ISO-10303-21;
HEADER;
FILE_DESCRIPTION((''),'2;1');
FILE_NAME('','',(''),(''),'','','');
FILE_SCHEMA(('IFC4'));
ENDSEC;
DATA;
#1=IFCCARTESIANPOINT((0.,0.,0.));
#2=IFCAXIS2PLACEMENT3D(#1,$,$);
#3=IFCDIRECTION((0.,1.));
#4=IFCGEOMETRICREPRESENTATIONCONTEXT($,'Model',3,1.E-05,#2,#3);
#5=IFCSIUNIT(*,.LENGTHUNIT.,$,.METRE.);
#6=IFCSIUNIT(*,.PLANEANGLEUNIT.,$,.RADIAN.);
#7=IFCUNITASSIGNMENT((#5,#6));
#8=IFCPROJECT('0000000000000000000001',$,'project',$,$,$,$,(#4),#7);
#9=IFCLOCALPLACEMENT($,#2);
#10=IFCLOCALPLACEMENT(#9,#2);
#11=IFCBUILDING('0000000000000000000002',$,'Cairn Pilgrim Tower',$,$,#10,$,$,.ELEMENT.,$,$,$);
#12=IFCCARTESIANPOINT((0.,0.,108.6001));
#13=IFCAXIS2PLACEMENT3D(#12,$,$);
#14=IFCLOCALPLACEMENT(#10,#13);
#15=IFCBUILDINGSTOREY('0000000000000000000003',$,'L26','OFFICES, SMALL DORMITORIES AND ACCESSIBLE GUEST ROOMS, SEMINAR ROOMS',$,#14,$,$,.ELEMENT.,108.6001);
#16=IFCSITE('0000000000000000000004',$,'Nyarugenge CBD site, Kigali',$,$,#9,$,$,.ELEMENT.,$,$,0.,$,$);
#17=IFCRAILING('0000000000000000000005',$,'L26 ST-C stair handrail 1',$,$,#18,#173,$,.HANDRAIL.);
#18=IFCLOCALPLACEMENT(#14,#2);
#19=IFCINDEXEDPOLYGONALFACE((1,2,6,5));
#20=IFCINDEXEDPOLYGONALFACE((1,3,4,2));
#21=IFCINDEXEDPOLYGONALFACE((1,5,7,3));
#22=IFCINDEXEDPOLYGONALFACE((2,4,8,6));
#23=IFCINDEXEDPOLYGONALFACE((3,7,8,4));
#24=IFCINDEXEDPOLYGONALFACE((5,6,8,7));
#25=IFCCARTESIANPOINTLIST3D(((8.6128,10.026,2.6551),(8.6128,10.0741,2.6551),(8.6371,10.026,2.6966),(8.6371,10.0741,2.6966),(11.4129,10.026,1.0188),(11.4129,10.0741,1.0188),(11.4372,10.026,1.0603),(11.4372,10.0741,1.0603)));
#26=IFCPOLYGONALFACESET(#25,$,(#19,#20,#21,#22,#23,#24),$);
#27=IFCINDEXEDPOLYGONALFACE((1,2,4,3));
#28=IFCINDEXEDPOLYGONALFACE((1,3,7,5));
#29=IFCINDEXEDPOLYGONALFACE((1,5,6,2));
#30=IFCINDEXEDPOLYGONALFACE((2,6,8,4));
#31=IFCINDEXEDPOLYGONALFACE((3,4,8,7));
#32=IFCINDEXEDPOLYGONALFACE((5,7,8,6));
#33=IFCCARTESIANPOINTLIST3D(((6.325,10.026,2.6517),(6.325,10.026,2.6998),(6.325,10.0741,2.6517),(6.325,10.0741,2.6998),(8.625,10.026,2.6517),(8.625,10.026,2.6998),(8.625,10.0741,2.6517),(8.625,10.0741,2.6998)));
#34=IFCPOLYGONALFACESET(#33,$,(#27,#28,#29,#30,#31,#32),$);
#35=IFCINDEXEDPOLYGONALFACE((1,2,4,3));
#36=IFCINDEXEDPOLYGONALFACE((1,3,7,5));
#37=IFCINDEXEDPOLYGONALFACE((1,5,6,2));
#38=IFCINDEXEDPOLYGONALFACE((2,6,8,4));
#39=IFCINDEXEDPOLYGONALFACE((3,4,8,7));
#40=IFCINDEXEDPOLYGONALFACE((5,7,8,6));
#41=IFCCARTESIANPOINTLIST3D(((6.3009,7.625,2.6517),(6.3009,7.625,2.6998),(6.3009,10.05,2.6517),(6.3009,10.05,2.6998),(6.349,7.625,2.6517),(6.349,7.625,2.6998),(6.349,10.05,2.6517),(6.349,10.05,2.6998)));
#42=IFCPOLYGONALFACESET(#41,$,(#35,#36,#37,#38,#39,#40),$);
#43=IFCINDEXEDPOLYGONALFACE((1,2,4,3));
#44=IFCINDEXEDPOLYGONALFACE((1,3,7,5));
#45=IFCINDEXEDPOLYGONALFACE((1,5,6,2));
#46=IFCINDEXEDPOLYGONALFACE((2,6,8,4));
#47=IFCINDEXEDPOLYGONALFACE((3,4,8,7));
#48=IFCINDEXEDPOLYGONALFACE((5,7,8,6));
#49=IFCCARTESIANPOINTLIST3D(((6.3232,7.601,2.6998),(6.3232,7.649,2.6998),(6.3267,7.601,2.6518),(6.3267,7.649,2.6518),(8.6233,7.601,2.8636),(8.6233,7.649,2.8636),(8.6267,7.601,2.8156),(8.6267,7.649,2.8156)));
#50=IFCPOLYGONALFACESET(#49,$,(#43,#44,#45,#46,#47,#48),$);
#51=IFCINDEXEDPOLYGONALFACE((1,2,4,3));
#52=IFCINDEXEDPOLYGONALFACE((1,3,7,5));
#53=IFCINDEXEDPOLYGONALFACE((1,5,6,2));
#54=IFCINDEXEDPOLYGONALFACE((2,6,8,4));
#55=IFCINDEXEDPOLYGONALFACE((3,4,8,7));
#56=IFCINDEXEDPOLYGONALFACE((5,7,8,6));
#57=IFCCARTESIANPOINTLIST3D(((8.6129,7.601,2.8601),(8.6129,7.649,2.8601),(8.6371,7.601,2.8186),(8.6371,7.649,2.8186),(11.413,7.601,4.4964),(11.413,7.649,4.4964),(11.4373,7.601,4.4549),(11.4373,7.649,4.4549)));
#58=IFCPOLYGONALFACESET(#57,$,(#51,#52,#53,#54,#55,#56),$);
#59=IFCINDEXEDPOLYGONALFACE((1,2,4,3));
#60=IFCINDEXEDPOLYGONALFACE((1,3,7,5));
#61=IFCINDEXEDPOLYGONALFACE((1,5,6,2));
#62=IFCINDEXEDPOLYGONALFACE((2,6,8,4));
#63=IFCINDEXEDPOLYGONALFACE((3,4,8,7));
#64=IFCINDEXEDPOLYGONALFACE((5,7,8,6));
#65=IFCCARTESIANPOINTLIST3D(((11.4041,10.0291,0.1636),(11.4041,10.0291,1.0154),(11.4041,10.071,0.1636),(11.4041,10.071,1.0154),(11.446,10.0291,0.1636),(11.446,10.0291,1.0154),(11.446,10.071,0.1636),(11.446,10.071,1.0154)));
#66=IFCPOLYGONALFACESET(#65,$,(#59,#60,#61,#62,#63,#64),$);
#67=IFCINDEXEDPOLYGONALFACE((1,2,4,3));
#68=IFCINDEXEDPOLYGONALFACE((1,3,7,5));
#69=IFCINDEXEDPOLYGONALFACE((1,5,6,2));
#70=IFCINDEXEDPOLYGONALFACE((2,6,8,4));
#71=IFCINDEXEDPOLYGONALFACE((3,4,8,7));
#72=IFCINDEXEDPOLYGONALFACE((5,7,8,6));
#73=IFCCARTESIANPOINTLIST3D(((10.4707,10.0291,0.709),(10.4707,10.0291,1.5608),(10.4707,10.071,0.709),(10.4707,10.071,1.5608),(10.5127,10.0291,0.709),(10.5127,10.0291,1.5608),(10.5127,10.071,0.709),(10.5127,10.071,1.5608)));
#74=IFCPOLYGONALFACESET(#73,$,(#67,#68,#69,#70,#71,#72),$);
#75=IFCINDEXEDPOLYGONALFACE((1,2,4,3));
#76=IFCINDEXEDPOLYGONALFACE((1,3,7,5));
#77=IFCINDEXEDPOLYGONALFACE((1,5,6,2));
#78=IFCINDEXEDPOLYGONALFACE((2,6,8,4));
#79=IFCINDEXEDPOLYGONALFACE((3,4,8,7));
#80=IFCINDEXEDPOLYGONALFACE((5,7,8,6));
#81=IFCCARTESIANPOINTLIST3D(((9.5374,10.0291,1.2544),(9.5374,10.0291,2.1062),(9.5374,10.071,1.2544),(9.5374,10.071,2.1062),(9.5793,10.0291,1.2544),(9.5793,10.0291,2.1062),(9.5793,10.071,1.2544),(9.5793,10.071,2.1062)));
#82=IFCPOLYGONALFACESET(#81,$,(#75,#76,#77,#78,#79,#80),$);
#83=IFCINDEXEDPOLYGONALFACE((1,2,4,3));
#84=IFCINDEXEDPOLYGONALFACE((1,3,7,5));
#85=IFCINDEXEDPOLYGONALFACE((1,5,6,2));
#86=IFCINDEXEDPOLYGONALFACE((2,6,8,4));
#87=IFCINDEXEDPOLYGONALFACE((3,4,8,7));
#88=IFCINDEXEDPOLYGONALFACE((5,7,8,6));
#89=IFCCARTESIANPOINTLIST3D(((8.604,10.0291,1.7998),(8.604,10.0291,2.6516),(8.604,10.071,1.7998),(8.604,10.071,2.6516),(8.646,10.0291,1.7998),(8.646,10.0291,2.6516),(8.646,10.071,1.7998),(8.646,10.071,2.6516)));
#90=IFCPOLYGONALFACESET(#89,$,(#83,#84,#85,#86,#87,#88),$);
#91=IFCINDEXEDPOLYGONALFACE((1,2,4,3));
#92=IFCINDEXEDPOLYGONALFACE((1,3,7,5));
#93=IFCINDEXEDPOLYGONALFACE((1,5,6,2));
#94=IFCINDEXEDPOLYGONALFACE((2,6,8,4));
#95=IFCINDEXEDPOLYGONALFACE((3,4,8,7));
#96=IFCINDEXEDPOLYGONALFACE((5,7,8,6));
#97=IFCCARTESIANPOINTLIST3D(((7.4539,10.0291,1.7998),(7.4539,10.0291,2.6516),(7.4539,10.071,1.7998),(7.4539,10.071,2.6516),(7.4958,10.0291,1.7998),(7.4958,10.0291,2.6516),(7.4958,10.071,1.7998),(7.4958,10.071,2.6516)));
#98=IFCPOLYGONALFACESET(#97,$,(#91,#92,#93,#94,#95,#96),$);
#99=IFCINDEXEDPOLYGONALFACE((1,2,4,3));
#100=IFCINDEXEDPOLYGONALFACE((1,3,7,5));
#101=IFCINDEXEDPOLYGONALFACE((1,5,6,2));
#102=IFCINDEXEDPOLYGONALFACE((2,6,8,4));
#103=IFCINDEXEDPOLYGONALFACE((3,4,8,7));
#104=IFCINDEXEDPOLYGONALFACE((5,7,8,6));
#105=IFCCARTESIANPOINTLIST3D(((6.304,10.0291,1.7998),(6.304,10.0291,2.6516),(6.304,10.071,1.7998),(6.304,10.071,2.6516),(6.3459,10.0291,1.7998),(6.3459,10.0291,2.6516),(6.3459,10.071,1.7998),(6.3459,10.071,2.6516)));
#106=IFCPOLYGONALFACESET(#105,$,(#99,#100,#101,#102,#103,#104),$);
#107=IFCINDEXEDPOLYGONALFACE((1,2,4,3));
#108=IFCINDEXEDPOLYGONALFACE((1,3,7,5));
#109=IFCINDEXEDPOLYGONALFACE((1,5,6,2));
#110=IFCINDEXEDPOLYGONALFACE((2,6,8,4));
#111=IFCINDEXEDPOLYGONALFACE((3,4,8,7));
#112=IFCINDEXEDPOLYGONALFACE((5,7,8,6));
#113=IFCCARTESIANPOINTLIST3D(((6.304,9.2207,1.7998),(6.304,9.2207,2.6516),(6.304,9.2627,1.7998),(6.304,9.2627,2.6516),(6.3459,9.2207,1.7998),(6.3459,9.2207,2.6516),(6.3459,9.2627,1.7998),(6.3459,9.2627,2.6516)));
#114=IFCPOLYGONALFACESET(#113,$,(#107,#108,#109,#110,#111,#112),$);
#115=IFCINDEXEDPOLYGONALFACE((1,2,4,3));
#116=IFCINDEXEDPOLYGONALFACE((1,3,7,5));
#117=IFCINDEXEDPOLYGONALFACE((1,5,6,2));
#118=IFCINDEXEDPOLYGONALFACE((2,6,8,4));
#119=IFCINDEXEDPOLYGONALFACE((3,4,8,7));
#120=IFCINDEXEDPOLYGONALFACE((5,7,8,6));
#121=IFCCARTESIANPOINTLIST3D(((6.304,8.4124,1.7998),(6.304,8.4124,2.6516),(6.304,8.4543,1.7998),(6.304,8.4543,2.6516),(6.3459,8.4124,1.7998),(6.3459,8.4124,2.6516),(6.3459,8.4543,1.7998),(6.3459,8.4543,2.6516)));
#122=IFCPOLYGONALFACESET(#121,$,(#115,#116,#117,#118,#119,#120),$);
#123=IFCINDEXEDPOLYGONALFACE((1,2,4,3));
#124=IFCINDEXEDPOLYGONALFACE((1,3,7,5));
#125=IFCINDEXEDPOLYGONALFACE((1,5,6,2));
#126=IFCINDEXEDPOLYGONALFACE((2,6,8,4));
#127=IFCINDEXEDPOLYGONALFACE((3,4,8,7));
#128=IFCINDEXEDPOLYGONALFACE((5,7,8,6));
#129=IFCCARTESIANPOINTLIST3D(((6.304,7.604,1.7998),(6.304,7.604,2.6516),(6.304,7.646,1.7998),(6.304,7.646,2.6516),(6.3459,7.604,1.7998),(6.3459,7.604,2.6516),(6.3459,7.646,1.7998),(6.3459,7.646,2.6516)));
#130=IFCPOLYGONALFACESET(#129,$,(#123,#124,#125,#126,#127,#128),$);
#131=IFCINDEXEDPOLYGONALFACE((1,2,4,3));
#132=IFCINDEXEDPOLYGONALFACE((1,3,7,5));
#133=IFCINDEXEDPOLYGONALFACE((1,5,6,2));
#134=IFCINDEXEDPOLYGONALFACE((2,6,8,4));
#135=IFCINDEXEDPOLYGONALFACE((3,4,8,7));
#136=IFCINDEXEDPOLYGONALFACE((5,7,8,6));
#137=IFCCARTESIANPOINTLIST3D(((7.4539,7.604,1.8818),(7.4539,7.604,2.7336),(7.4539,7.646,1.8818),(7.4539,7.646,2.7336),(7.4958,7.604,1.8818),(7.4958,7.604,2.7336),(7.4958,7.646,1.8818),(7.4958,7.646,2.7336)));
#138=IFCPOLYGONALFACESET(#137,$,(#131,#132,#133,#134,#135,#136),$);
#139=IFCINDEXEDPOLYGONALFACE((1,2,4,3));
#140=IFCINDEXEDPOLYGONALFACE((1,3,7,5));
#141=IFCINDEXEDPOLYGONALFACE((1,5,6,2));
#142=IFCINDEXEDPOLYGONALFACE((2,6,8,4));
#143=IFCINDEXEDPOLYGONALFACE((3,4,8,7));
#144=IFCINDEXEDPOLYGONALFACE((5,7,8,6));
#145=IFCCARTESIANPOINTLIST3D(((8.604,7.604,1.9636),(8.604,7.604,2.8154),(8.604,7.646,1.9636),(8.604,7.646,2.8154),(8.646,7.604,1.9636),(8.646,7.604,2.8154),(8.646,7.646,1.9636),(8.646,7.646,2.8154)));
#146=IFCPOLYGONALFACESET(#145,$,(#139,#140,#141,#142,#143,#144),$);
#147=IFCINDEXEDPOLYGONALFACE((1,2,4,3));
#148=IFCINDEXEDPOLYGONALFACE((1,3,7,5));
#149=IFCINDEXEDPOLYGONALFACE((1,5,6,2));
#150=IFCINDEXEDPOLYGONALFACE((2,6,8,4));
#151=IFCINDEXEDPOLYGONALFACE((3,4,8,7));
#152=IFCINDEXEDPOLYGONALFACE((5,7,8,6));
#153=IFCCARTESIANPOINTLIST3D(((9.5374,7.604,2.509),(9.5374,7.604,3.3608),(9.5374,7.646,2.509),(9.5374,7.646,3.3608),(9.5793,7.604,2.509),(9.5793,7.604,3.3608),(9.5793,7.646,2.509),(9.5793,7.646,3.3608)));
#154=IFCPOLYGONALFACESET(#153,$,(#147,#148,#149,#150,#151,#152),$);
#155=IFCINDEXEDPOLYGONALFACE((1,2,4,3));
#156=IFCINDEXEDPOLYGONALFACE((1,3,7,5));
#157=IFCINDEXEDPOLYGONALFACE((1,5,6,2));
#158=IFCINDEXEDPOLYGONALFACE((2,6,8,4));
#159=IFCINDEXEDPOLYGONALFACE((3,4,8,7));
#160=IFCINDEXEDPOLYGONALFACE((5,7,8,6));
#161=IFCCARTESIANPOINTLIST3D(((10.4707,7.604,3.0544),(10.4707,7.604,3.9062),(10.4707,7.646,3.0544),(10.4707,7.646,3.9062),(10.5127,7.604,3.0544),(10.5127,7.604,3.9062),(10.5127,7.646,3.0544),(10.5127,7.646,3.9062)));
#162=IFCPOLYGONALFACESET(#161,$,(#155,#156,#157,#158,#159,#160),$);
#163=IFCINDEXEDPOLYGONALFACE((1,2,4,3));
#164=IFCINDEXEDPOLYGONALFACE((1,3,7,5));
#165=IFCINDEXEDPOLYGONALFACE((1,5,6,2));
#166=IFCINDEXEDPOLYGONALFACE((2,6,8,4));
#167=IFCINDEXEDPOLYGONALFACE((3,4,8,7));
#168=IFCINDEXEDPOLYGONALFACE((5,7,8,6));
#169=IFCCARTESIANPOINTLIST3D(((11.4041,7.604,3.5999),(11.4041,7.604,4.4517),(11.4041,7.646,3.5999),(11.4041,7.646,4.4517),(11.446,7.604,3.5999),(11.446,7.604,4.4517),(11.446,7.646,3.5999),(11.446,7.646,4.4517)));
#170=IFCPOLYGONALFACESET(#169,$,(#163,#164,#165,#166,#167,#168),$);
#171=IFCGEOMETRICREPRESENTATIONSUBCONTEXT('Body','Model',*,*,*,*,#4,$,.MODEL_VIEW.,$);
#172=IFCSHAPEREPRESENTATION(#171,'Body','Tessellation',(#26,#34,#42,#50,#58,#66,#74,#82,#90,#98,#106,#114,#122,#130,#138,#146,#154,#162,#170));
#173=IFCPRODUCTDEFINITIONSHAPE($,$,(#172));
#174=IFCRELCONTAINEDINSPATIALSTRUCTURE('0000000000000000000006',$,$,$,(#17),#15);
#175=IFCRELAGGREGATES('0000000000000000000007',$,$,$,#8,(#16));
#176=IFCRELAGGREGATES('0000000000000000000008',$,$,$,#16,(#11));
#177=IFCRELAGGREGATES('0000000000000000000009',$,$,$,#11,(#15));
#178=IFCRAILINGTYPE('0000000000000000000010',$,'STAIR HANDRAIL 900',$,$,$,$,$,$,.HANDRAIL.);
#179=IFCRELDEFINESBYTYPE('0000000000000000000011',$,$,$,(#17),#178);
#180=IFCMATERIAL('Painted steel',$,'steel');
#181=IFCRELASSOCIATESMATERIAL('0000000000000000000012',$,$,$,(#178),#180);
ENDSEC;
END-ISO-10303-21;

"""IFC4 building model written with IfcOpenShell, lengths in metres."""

from ifc_helpers import new_model, si_unit, direction, frame, origin, origin_2d, place, context, subcontext, project, spatial, rectangle, extrude, material, type_object, element, save


model = new_model("IFC4")

# Units and contexts
model_context = context("Model", 3, precision=1e-05, world=origin(), true_north=direction((0.0, 1.0)))
body_context = subcontext(model_context, "Body", "Model", "MODEL_VIEW")
ifc_project = project(units=[si_unit("LENGTHUNIT", "METRE"), si_unit("PLANEANGLEUNIT", "RADIAN")], contexts=[model_context])

# Site, building, storey
site_placement = place(None, origin())
site = spatial("IfcSite", under=ifc_project, at=site_placement, Name="Nyarugenge CBD site, Kigali", CompositionType="ELEMENT", RefElevation=0.0)
building_placement = place(site_placement, origin())
building = spatial("IfcBuilding", under=site, at=building_placement, Name="Cairn Pilgrim Tower", CompositionType="ELEMENT")
storey_placement = place(building_placement, frame((0.0, 0.0, 108.6001)))
storey = spatial("IfcBuildingStorey", under=building, at=storey_placement, Name="L26", Description="OFFICES, SMALL DORMITORIES AND ACCESSIBLE GUEST ROOMS, SEMINAR ROOMS", CompositionType="ELEMENT", Elevation=108.6001)

# Shared definitions
ifc_material_1 = material(Name="Painted steel", Category="steel")

# Railing
railing_type_1 = type_object("IfcRailingType", Name="STAIR HANDRAIL 900", PredefinedType="HANDRAIL", material=ifc_material_1)
railing_1_placement = place(storey_placement, frame((11.425, 10.05, 0.1636)))
element("IfcRailing", 1, at=railing_1_placement, inside=storey, type_object=railing_type_1, Name="L26 ST-C stair handrail 1", PredefinedType="HANDRAIL", context=body_context, shape_type="SweptSolid", body=[
    extrude(rectangle(XDim=0.0481, YDim=0.0481, at=origin_2d()), frame((0.0, 0.0, 0.876), z_axis=(-0.863394, 0.0, 0.504531), x_axis=(0.0, -1.0, 0.0)), (0.0, 0.0, 1.0), 3.2432),
    extrude(rectangle(XDim=0.0481, YDim=0.0481, at=origin_2d()), frame((-2.8, 0.0, 2.5122), z_axis=(-1.0, 0.0, 0.0), x_axis=(0.0, -1.0, 0.0)), (0.0, 0.0, 1.0), 2.3),
    extrude(rectangle(XDim=0.0481, YDim=0.0481, at=origin_2d()), frame((-5.1001, 0.0, 2.5122), z_axis=(0.0, -1.0, 0.0), x_axis=(1.0, 0.0, 0.0)), (0.0, 0.0, 1.0), 2.425),
    extrude(rectangle(XDim=0.0481, YDim=0.0481, at=origin_2d()), frame((-5.1001, -2.425, 2.5122), z_axis=(0.997473, 0.0, 0.071044), x_axis=(0.0, 1.0, 0.0)), (0.0, 0.0, 1.0), 2.3059),
    extrude(rectangle(XDim=0.0481, YDim=0.0481, at=origin_2d()), frame((-2.8, -2.425, 2.6758), z_axis=(0.863394, 0.0, 0.504531), x_axis=(0.0, 1.0, 0.0)), (0.0, 0.0, 1.0), 3.2432),
    extrude(rectangle(XDim=0.042, YDim=0.042, at=origin_2d()), origin(), (0.0, 0.0, 1.0), 0.8518),
    extrude(rectangle(XDim=0.042, YDim=0.042, at=origin_2d()), frame((-0.9333, 0.0, 0.5454)), (0.0, 0.0, 1.0), 0.8518),
    extrude(rectangle(XDim=0.042, YDim=0.042, at=origin_2d()), frame((-1.8667, 0.0, 1.0908)), (0.0, 0.0, 1.0), 0.8518),
    extrude(rectangle(XDim=0.042, YDim=0.042, at=origin_2d()), frame((-2.8, 0.0, 1.6362)), (0.0, 0.0, 1.0), 0.8518),
    extrude(rectangle(XDim=0.042, YDim=0.042, at=origin_2d()), frame((-3.9502, 0.0, 1.6362)), (0.0, 0.0, 1.0), 0.8518),
    extrude(rectangle(XDim=0.042, YDim=0.042, at=origin_2d()), frame((-5.1001, 0.0, 1.6362)), (0.0, 0.0, 1.0), 0.8518),
    extrude(rectangle(XDim=0.042, YDim=0.042, at=origin_2d()), frame((-5.1001, -0.8083, 1.6362)), (0.0, 0.0, 1.0), 0.8518),
    extrude(rectangle(XDim=0.042, YDim=0.042, at=origin_2d()), frame((-5.1001, -1.6167, 1.6362)), (0.0, 0.0, 1.0), 0.8518),
    extrude(rectangle(XDim=0.042, YDim=0.042, at=origin_2d()), frame((-5.1001, -2.425, 1.6362)), (0.0, 0.0, 1.0), 0.8518),
    extrude(rectangle(XDim=0.042, YDim=0.042, at=origin_2d()), frame((-3.9502, -2.425, 1.7183)), (0.0, 0.0, 1.0), 0.8518),
    extrude(rectangle(XDim=0.042, YDim=0.042, at=origin_2d()), frame((-2.8, -2.425, 1.8)), (0.0, 0.0, 1.0), 0.8518),
    extrude(rectangle(XDim=0.042, YDim=0.042, at=origin_2d()), frame((-1.8667, -2.425, 2.3455)), (0.0, 0.0, 1.0), 0.8518),
    extrude(rectangle(XDim=0.042, YDim=0.042, at=origin_2d()), frame((-0.9333, -2.425, 2.8909)), (0.0, 0.0, 1.0), 0.8518),
    extrude(rectangle(XDim=0.042, YDim=0.042, at=origin_2d()), frame((0.0, -2.425, 3.4363)), (0.0, 0.0, 1.0), 0.8518),
])

save(model, "model.ifc")
